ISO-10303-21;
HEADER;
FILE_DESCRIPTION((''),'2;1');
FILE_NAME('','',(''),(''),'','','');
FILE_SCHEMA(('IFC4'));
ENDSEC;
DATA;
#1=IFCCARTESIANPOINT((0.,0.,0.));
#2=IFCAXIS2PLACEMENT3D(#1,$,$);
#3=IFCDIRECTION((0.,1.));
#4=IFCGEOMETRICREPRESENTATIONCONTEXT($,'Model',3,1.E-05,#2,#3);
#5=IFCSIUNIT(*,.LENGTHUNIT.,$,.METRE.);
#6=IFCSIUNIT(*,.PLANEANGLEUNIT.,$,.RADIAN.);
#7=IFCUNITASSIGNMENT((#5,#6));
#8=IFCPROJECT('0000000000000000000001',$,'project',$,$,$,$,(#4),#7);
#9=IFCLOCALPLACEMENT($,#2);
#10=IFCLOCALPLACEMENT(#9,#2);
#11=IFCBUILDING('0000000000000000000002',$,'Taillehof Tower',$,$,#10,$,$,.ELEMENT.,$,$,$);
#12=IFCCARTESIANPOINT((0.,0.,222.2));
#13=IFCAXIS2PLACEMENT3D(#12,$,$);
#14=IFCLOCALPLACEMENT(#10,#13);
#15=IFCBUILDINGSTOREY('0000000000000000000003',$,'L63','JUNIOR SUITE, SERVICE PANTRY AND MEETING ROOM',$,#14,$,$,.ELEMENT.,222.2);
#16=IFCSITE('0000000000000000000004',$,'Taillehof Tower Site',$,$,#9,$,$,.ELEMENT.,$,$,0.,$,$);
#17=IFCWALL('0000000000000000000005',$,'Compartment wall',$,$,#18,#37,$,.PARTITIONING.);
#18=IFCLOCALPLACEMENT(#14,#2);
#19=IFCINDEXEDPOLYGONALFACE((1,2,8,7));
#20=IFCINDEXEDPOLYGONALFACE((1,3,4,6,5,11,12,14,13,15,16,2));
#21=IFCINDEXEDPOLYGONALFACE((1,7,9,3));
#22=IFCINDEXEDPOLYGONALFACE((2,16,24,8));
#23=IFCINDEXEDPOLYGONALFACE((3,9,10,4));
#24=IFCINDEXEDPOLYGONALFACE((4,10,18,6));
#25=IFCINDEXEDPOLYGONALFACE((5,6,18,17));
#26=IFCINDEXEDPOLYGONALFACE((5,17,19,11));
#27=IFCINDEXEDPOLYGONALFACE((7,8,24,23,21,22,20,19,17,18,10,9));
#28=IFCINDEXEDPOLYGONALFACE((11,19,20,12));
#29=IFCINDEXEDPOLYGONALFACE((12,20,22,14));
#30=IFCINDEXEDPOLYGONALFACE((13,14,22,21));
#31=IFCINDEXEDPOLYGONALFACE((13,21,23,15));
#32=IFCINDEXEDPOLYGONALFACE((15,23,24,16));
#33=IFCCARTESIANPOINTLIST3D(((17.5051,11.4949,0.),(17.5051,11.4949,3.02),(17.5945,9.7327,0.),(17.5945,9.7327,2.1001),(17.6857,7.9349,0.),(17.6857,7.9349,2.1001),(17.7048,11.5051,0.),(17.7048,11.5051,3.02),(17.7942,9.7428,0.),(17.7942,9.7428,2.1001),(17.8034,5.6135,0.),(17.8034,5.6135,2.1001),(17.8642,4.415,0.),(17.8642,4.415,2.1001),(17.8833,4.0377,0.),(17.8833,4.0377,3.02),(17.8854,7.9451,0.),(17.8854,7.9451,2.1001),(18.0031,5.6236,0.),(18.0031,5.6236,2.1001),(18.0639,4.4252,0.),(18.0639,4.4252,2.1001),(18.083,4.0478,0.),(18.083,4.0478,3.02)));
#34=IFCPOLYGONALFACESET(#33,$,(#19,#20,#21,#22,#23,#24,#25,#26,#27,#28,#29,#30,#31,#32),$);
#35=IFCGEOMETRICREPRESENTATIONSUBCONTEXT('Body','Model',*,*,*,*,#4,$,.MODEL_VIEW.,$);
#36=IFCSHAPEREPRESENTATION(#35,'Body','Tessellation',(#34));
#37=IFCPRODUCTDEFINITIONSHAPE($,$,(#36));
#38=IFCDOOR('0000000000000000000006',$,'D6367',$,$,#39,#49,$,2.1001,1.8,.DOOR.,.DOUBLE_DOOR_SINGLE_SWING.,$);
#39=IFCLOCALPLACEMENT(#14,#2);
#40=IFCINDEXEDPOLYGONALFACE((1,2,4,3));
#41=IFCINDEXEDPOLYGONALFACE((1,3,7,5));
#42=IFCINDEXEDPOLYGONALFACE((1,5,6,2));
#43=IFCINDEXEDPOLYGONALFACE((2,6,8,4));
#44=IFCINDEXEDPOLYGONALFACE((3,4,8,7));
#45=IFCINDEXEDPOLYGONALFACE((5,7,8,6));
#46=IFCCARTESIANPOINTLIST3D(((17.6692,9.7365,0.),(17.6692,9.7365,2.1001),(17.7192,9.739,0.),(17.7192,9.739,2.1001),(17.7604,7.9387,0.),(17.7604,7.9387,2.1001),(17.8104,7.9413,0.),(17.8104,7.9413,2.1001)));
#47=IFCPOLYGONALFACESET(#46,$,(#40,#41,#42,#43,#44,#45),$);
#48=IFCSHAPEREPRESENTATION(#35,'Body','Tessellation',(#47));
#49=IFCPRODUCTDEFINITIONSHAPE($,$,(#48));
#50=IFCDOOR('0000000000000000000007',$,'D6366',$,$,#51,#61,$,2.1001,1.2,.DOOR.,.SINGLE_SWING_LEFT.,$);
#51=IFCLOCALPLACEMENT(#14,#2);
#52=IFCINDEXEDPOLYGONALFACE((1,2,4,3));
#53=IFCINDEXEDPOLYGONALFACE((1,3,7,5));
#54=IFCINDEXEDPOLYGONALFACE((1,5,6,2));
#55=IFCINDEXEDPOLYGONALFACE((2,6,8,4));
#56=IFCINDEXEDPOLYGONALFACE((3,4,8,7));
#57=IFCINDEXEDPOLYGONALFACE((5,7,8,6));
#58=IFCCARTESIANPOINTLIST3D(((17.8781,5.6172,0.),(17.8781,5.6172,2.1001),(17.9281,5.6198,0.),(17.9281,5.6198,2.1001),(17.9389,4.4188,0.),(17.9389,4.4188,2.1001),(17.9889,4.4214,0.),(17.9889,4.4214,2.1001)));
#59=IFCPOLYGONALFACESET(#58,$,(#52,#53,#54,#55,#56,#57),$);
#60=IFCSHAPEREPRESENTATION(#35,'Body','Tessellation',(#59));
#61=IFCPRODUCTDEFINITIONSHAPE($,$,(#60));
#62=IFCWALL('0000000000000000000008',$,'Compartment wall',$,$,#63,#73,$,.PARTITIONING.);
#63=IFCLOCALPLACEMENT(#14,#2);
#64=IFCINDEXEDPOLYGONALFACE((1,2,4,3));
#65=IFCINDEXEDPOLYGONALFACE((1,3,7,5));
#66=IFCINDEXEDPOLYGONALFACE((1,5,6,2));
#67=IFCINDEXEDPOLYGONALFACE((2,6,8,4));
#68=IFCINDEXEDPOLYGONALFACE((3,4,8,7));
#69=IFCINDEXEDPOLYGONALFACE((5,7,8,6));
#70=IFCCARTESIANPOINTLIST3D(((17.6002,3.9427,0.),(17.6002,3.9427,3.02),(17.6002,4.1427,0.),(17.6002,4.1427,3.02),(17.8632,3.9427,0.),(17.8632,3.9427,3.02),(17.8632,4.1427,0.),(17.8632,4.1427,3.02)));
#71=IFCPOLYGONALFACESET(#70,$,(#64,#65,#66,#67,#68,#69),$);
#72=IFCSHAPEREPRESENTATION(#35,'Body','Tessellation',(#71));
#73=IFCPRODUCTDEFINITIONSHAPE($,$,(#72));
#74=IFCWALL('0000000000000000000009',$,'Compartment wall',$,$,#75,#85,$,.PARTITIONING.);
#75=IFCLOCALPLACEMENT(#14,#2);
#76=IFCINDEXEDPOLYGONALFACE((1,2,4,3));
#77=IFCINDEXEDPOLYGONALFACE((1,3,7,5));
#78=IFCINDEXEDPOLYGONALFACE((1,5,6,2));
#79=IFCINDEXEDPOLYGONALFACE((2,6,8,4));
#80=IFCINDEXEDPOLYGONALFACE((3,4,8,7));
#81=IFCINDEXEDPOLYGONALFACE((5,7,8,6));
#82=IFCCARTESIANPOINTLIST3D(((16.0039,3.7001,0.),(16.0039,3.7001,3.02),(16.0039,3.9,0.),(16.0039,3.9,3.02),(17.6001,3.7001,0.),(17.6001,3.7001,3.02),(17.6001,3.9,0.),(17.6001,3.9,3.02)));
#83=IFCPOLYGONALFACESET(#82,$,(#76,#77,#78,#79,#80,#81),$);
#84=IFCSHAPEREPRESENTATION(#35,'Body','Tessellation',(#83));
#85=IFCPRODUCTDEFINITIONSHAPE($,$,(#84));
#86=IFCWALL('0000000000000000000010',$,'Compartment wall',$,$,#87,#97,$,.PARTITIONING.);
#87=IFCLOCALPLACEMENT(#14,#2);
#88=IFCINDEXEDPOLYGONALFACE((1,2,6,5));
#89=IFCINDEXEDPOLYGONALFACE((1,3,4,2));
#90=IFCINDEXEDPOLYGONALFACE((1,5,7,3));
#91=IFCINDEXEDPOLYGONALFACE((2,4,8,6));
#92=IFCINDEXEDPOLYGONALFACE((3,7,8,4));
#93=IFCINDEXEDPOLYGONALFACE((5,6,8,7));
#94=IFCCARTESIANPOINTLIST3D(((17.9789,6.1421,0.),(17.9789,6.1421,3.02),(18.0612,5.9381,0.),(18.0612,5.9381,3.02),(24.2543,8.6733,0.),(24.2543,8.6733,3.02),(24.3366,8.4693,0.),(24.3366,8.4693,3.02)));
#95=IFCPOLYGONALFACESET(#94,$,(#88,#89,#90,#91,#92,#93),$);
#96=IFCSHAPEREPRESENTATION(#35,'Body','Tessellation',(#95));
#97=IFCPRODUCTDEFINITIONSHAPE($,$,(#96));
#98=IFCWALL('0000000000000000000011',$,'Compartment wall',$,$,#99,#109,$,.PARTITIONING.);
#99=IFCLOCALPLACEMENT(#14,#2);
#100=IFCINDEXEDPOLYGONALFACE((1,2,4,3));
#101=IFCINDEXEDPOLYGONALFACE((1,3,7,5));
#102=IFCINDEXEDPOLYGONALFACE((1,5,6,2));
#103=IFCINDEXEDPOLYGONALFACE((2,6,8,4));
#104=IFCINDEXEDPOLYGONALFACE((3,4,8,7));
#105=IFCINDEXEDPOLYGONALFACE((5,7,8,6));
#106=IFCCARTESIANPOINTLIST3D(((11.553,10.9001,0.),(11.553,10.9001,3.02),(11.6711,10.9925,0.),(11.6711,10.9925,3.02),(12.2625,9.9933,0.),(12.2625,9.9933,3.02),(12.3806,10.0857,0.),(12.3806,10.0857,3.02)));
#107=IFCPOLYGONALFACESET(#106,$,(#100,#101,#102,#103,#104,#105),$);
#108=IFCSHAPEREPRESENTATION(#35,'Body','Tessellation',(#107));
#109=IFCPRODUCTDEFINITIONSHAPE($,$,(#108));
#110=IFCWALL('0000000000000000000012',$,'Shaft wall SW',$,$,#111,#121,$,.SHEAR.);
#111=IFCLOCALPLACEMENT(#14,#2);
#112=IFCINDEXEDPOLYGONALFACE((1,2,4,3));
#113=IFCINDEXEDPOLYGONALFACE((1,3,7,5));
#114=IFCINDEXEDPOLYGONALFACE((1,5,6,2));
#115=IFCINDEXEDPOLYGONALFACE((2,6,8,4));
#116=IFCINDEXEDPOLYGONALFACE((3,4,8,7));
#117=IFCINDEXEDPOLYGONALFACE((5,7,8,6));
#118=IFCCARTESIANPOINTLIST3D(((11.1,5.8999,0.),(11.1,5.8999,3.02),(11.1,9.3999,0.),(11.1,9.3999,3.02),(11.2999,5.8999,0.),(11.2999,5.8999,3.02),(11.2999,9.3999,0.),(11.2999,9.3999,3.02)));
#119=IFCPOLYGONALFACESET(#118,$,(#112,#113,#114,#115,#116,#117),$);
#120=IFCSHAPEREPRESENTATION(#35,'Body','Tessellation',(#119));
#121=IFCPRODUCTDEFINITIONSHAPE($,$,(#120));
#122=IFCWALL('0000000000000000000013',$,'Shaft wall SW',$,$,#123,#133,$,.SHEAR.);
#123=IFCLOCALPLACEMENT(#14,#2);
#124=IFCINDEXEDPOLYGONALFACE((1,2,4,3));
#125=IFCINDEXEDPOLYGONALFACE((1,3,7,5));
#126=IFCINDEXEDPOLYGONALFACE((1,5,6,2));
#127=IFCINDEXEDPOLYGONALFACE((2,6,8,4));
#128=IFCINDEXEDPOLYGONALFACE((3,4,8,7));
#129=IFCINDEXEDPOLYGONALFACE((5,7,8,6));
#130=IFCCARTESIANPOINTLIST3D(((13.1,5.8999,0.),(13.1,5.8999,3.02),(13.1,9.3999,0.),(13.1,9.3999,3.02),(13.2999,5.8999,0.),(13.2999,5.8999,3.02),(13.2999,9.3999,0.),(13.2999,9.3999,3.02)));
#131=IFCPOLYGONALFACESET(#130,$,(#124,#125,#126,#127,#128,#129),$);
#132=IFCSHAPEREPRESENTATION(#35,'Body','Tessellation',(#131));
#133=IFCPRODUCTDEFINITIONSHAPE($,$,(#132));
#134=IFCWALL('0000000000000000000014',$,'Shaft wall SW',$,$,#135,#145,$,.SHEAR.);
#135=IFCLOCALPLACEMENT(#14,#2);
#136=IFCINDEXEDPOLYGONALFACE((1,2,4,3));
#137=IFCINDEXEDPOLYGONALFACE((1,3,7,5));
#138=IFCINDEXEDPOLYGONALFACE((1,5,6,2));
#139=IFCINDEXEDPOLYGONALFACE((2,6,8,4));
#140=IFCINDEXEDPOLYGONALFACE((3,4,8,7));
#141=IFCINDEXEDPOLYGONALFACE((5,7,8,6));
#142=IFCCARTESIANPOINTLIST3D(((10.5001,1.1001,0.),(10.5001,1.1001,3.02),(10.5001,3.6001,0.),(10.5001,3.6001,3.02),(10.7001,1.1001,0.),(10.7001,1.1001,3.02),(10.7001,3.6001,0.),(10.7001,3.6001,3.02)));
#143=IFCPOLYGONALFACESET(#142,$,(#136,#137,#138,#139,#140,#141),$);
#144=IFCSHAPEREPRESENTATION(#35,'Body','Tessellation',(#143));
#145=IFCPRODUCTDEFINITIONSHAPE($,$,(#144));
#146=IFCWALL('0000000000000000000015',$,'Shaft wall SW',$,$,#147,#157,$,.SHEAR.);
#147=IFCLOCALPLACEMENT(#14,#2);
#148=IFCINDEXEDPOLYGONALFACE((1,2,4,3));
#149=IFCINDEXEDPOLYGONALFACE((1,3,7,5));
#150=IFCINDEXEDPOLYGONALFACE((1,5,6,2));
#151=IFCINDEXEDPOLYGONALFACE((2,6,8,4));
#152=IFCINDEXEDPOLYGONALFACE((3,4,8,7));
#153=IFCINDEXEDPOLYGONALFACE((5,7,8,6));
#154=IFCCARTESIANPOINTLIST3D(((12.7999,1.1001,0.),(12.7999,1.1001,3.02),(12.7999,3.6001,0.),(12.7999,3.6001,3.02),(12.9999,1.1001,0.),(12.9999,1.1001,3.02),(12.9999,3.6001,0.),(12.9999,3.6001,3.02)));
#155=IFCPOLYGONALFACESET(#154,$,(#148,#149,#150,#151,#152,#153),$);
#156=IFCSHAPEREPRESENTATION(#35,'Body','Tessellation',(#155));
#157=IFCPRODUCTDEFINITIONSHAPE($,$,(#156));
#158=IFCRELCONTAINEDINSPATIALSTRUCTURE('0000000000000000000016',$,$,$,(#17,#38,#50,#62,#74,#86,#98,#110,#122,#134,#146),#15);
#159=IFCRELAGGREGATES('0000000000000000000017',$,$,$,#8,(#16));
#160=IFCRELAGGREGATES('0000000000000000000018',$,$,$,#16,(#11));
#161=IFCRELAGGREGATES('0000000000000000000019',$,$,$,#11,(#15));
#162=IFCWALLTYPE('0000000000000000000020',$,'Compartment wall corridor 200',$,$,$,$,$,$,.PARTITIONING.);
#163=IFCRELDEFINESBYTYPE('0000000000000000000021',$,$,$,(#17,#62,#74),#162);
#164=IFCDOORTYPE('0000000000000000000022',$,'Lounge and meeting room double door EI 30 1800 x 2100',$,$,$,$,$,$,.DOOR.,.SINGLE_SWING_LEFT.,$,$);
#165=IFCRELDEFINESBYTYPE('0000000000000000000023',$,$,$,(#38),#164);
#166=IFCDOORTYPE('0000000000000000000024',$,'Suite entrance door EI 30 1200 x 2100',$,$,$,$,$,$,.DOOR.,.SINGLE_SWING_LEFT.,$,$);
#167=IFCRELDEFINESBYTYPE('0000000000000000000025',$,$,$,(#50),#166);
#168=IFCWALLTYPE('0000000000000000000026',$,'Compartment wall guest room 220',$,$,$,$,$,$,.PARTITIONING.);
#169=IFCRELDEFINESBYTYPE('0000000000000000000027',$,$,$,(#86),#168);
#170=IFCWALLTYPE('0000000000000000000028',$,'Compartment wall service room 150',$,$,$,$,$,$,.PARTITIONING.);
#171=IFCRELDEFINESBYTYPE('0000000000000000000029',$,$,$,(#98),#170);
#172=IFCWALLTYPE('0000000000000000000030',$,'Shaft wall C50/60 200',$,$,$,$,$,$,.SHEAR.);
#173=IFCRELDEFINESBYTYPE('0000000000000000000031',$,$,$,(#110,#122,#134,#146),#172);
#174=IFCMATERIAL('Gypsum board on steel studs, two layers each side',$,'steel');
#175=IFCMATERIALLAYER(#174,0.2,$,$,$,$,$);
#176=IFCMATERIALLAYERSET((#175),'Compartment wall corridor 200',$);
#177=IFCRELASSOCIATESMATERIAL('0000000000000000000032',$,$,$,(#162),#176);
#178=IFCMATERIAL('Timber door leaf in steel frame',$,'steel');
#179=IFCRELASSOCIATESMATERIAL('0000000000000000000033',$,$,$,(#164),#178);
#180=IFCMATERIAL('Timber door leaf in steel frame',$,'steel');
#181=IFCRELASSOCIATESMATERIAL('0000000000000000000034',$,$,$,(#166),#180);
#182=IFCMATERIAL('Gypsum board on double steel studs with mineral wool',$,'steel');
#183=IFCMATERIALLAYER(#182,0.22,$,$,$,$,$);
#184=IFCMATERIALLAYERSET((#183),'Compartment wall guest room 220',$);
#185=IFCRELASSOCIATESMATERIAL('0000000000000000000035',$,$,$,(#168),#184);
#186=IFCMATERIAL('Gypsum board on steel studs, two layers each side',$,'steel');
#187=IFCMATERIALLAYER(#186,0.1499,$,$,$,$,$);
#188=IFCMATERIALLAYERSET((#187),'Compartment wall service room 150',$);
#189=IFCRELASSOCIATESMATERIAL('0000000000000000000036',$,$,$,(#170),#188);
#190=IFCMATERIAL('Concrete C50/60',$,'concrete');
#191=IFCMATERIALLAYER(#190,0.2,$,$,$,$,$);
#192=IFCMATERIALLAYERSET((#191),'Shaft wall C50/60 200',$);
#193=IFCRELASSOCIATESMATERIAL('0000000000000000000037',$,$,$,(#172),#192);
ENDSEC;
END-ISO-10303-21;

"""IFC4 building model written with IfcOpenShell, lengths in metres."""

from ifc_helpers import new_model, si_unit, direction, frame, frame_2d, origin, place, context, subcontext, project, spatial, rectangle, extrude, material, layer, layer_set, type_object, element, fill, save


model = new_model("IFC4")

# Units and contexts
model_context = context("Model", 3, precision=1e-05, world=origin(), true_north=direction((0.0, 1.0)))
body_context = subcontext(model_context, "Body", "Model", "MODEL_VIEW")
ifc_project = project(units=[si_unit("LENGTHUNIT", "METRE"), si_unit("PLANEANGLEUNIT", "RADIAN")], contexts=[model_context])

# Site, building, storey
site_placement = place(None, origin())
site = spatial("IfcSite", under=ifc_project, at=site_placement, Name="Taillehof Tower Site", CompositionType="ELEMENT", RefElevation=0.0)
building_placement = place(site_placement, origin())
building = spatial("IfcBuilding", under=site, at=building_placement, Name="Taillehof Tower", CompositionType="ELEMENT")
storey_placement = place(building_placement, frame((0.0, 0.0, 222.2)))
storey = spatial("IfcBuildingStorey", under=building, at=storey_placement, Name="L63", Description="JUNIOR SUITE, SERVICE PANTRY AND MEETING ROOM", CompositionType="ELEMENT", Elevation=222.2)

# Wall, openings, doors
ifc_material_1 = material(Name="Gypsum board on steel studs, two layers each side", Category="steel")
ifc_layer_1 = layer(ifc_material_1, 0.2)
ifc_layer_set_1 = layer_set([ifc_layer_1], Name="Compartment wall corridor 200")
wall_type_1 = type_object("IfcWallType", Name="Compartment wall corridor 200", PredefinedType="PARTITIONING", material=ifc_layer_set_1)
wall_1_placement = place(storey_placement, frame((17.605, 11.5, 0.0), z_axis=(0.0, 0.0, 1.0), x_axis=(0.050647, -0.998717, 0.0)))
wall_1 = element("IfcWall", 1, at=wall_1_placement, inside=storey, type_object=wall_type_1, Name="Compartment wall", PredefinedType="PARTITIONING", context=body_context, shape_type="SweptSolid", body=[
    extrude(rectangle(XDim=7.4668, YDim=0.2, at=frame_2d((3.7334, 0.0))), origin(), (0.0, 0.0, 1.0), 3.02),
])
opening_1_placement = place(wall_1_placement, frame((5.8889, 0.0, 0.0)))
opening_1 = element("IfcOpeningElement", 2, at=opening_1_placement, cuts=wall_1, PredefinedType="OPENING", context=body_context, shape_type="SweptSolid", body=[
    extrude(rectangle(XDim=1.2, YDim=2.1001, at=frame_2d((0.6001, 1.05))), frame((0.0, 0.1099, 0.0), z_axis=(0.0, -1.0, 0.0), x_axis=(1.0, 0.0, 0.0)), (0.0, 0.0, 1.0), 0.22),
])
opening_2_placement = place(wall_1_placement, frame((1.7646, 0.0, 0.0)))
opening_2 = element("IfcOpeningElement", 3, at=opening_2_placement, cuts=wall_1, PredefinedType="OPENING", context=body_context, shape_type="SweptSolid", body=[
    extrude(rectangle(XDim=1.8, YDim=2.1001, at=frame_2d((0.8999, 1.05))), frame((0.0, 0.1099, 0.0), z_axis=(0.0, -1.0, 0.0), x_axis=(1.0, 0.0, 0.0)), (0.0, 0.0, 1.0), 0.22),
])
ifc_material_2 = material(Name="Timber door leaf in steel frame", Category="steel")
door_type_1 = type_object("IfcDoorType", Name="Lounge and meeting room double door EI 30 1800 x 2100", OperationType="SINGLE_SWING_LEFT", PredefinedType="DOOR", material=ifc_material_2)
door_1_placement = place(opening_2_placement, origin())
door_1 = element("IfcDoor", 4, at=door_1_placement, inside=storey, type_object=door_type_1, Name="D6367", OperationType="DOUBLE_DOOR_SINGLE_SWING", OverallHeight=2.1001, OverallWidth=1.8, PredefinedType="DOOR", context=body_context, shape_type="SweptSolid", body=[
    extrude(rectangle(XDim=1.8, YDim=2.1001, at=frame_2d((0.8999, 1.05))), frame((0.0, 0.0249, 0.0), z_axis=(0.0, -1.0, 0.0), x_axis=(1.0, 0.0, 0.0)), (0.0, 0.0, 1.0), 0.05),
])
fill(opening_2, door_1)
ifc_material_3 = material(Name="Timber door leaf in steel frame", Category="steel")
door_type_2 = type_object("IfcDoorType", Name="Suite entrance door EI 30 1200 x 2100", OperationType="SINGLE_SWING_LEFT", PredefinedType="DOOR", material=ifc_material_3)
door_2_placement = place(opening_1_placement, origin())
door_2 = element("IfcDoor", 5, at=door_2_placement, inside=storey, type_object=door_type_2, Name="D6366", OperationType="SINGLE_SWING_LEFT", OverallHeight=2.1001, OverallWidth=1.2, PredefinedType="DOOR", context=body_context, shape_type="SweptSolid", body=[
    extrude(rectangle(XDim=1.2, YDim=2.1001, at=frame_2d((0.6001, 1.05))), frame((0.0, 0.0249, 0.0), z_axis=(0.0, -1.0, 0.0), x_axis=(1.0, 0.0, 0.0)), (0.0, 0.0, 1.0), 0.05),
])
fill(opening_1, door_2)

# Walls
wall_2_placement = place(storey_placement, frame((17.863, 4.0427, 0.0), z_axis=(0.0, 0.0, 1.0), x_axis=(-1.0, 0.0, 0.0)))
element("IfcWall", 6, at=wall_2_placement, inside=storey, type_object=wall_type_1, Name="Compartment wall", PredefinedType="PARTITIONING", context=body_context, shape_type="SweptSolid", body=[
    extrude(rectangle(XDim=0.2629, YDim=0.2, at=frame_2d((0.1313, 0.0))), origin(), (0.0, 0.0, 1.0), 3.02),
])
wall_3_placement = place(storey_placement, frame((17.6001, 3.8, 0.0), z_axis=(0.0, 0.0, 1.0), x_axis=(-1.0, 0.0, 0.0)))
element("IfcWall", 7, at=wall_3_placement, inside=storey, type_object=wall_type_1, Name="Compartment wall", PredefinedType="PARTITIONING", context=body_context, shape_type="SweptSolid", body=[
    extrude(rectangle(XDim=1.5962, YDim=0.2, at=frame_2d((0.7981, 0.0))), origin(), (0.0, 0.0, 1.0), 3.02),
])
ifc_material_4 = material(Name="Gypsum board on double steel studs with mineral wool", Category="steel")
ifc_layer_2 = layer(ifc_material_4, 0.22)
ifc_layer_set_2 = layer_set([ifc_layer_2], Name="Compartment wall guest room 220")
wall_type_2 = type_object("IfcWallType", Name="Compartment wall guest room 220", PredefinedType="PARTITIONING", material=ifc_layer_set_2)
wall_4_placement = place(storey_placement, frame((24.2954, 8.5713, 0.0), z_axis=(0.0, 0.0, 1.0), x_axis=(-0.927398, -0.374076, 0.0)))
element("IfcWall", 8, at=wall_4_placement, inside=storey, type_object=wall_type_2, Name="Compartment wall", PredefinedType="PARTITIONING", context=body_context, shape_type="SweptSolid", body=[
    extrude(rectangle(XDim=6.7666, YDim=0.22, at=frame_2d((3.3833, 0.0))), origin(), (0.0, 0.0, 1.0), 3.02),
])
ifc_material_5 = material(Name="Gypsum board on steel studs, two layers each side", Category="steel")
ifc_layer_3 = layer(ifc_material_5, 0.1499)
ifc_layer_set_3 = layer_set([ifc_layer_3], Name="Compartment wall service room 150")
wall_type_3 = type_object("IfcWallType", Name="Compartment wall service room 150", PredefinedType="PARTITIONING", material=ifc_layer_set_3)
wall_5_placement = place(storey_placement, frame((11.6121, 10.9463, 0.0), z_axis=(0.0, 0.0, 1.0), x_axis=(0.616228, -0.787568, 0.0)))
element("IfcWall", 9, at=wall_5_placement, inside=storey, type_object=wall_type_3, Name="Compartment wall", PredefinedType="PARTITIONING", context=body_context, shape_type="SweptSolid", body=[
    extrude(rectangle(XDim=1.1514, YDim=0.1499, at=frame_2d((0.5757, 0.0))), origin(), (0.0, 0.0, 1.0), 3.02),
])
ifc_material_6 = material(Name="Concrete C50/60", Category="concrete")
ifc_layer_4 = layer(ifc_material_6, 0.2)
ifc_layer_set_4 = layer_set([ifc_layer_4], Name="Shaft wall C50/60 200")
wall_type_4 = type_object("IfcWallType", Name="Shaft wall C50/60 200", PredefinedType="SHEAR", material=ifc_layer_set_4)
for number, where, z_axis, x_axis, name in (
    (10, (11.2, 5.8999, 0.0), (0.0, 0.0, 1.0), (0.0, 1.0, 0.0), "Shaft wall SW"),
    (11, (13.2, 5.8999, 0.0), (0.0, 0.0, 1.0), (0.0, 1.0, 0.0), "Shaft wall SW"),
):
    element("IfcWall", number, at=place(storey_placement, frame(where, z_axis=z_axis, x_axis=x_axis)), inside=storey, type_object=wall_type_4, Name=name, PredefinedType="SHEAR", context=body_context, shape_type="SweptSolid", body=[
        extrude(rectangle(XDim=3.5, YDim=0.2, at=frame_2d((1.75, 0.0))), origin(), (0.0, 0.0, 1.0), 3.02),
    ])
for number, where, z_axis, x_axis, name in (
    (12, (10.6001, 1.1001, 0.0), (0.0, 0.0, 1.0), (0.0, 1.0, 0.0), "Shaft wall SW"),
    (13, (12.8999, 1.1001, 0.0), (0.0, 0.0, 1.0), (0.0, 1.0, 0.0), "Shaft wall SW"),
):
    element("IfcWall", number, at=place(storey_placement, frame(where, z_axis=z_axis, x_axis=x_axis)), inside=storey, type_object=wall_type_4, Name=name, PredefinedType="SHEAR", context=body_context, shape_type="SweptSolid", body=[
        extrude(rectangle(XDim=2.5, YDim=0.2, at=frame_2d((1.25, 0.0))), origin(), (0.0, 0.0, 1.0), 3.02),
    ])

save(model, "model.ifc")
